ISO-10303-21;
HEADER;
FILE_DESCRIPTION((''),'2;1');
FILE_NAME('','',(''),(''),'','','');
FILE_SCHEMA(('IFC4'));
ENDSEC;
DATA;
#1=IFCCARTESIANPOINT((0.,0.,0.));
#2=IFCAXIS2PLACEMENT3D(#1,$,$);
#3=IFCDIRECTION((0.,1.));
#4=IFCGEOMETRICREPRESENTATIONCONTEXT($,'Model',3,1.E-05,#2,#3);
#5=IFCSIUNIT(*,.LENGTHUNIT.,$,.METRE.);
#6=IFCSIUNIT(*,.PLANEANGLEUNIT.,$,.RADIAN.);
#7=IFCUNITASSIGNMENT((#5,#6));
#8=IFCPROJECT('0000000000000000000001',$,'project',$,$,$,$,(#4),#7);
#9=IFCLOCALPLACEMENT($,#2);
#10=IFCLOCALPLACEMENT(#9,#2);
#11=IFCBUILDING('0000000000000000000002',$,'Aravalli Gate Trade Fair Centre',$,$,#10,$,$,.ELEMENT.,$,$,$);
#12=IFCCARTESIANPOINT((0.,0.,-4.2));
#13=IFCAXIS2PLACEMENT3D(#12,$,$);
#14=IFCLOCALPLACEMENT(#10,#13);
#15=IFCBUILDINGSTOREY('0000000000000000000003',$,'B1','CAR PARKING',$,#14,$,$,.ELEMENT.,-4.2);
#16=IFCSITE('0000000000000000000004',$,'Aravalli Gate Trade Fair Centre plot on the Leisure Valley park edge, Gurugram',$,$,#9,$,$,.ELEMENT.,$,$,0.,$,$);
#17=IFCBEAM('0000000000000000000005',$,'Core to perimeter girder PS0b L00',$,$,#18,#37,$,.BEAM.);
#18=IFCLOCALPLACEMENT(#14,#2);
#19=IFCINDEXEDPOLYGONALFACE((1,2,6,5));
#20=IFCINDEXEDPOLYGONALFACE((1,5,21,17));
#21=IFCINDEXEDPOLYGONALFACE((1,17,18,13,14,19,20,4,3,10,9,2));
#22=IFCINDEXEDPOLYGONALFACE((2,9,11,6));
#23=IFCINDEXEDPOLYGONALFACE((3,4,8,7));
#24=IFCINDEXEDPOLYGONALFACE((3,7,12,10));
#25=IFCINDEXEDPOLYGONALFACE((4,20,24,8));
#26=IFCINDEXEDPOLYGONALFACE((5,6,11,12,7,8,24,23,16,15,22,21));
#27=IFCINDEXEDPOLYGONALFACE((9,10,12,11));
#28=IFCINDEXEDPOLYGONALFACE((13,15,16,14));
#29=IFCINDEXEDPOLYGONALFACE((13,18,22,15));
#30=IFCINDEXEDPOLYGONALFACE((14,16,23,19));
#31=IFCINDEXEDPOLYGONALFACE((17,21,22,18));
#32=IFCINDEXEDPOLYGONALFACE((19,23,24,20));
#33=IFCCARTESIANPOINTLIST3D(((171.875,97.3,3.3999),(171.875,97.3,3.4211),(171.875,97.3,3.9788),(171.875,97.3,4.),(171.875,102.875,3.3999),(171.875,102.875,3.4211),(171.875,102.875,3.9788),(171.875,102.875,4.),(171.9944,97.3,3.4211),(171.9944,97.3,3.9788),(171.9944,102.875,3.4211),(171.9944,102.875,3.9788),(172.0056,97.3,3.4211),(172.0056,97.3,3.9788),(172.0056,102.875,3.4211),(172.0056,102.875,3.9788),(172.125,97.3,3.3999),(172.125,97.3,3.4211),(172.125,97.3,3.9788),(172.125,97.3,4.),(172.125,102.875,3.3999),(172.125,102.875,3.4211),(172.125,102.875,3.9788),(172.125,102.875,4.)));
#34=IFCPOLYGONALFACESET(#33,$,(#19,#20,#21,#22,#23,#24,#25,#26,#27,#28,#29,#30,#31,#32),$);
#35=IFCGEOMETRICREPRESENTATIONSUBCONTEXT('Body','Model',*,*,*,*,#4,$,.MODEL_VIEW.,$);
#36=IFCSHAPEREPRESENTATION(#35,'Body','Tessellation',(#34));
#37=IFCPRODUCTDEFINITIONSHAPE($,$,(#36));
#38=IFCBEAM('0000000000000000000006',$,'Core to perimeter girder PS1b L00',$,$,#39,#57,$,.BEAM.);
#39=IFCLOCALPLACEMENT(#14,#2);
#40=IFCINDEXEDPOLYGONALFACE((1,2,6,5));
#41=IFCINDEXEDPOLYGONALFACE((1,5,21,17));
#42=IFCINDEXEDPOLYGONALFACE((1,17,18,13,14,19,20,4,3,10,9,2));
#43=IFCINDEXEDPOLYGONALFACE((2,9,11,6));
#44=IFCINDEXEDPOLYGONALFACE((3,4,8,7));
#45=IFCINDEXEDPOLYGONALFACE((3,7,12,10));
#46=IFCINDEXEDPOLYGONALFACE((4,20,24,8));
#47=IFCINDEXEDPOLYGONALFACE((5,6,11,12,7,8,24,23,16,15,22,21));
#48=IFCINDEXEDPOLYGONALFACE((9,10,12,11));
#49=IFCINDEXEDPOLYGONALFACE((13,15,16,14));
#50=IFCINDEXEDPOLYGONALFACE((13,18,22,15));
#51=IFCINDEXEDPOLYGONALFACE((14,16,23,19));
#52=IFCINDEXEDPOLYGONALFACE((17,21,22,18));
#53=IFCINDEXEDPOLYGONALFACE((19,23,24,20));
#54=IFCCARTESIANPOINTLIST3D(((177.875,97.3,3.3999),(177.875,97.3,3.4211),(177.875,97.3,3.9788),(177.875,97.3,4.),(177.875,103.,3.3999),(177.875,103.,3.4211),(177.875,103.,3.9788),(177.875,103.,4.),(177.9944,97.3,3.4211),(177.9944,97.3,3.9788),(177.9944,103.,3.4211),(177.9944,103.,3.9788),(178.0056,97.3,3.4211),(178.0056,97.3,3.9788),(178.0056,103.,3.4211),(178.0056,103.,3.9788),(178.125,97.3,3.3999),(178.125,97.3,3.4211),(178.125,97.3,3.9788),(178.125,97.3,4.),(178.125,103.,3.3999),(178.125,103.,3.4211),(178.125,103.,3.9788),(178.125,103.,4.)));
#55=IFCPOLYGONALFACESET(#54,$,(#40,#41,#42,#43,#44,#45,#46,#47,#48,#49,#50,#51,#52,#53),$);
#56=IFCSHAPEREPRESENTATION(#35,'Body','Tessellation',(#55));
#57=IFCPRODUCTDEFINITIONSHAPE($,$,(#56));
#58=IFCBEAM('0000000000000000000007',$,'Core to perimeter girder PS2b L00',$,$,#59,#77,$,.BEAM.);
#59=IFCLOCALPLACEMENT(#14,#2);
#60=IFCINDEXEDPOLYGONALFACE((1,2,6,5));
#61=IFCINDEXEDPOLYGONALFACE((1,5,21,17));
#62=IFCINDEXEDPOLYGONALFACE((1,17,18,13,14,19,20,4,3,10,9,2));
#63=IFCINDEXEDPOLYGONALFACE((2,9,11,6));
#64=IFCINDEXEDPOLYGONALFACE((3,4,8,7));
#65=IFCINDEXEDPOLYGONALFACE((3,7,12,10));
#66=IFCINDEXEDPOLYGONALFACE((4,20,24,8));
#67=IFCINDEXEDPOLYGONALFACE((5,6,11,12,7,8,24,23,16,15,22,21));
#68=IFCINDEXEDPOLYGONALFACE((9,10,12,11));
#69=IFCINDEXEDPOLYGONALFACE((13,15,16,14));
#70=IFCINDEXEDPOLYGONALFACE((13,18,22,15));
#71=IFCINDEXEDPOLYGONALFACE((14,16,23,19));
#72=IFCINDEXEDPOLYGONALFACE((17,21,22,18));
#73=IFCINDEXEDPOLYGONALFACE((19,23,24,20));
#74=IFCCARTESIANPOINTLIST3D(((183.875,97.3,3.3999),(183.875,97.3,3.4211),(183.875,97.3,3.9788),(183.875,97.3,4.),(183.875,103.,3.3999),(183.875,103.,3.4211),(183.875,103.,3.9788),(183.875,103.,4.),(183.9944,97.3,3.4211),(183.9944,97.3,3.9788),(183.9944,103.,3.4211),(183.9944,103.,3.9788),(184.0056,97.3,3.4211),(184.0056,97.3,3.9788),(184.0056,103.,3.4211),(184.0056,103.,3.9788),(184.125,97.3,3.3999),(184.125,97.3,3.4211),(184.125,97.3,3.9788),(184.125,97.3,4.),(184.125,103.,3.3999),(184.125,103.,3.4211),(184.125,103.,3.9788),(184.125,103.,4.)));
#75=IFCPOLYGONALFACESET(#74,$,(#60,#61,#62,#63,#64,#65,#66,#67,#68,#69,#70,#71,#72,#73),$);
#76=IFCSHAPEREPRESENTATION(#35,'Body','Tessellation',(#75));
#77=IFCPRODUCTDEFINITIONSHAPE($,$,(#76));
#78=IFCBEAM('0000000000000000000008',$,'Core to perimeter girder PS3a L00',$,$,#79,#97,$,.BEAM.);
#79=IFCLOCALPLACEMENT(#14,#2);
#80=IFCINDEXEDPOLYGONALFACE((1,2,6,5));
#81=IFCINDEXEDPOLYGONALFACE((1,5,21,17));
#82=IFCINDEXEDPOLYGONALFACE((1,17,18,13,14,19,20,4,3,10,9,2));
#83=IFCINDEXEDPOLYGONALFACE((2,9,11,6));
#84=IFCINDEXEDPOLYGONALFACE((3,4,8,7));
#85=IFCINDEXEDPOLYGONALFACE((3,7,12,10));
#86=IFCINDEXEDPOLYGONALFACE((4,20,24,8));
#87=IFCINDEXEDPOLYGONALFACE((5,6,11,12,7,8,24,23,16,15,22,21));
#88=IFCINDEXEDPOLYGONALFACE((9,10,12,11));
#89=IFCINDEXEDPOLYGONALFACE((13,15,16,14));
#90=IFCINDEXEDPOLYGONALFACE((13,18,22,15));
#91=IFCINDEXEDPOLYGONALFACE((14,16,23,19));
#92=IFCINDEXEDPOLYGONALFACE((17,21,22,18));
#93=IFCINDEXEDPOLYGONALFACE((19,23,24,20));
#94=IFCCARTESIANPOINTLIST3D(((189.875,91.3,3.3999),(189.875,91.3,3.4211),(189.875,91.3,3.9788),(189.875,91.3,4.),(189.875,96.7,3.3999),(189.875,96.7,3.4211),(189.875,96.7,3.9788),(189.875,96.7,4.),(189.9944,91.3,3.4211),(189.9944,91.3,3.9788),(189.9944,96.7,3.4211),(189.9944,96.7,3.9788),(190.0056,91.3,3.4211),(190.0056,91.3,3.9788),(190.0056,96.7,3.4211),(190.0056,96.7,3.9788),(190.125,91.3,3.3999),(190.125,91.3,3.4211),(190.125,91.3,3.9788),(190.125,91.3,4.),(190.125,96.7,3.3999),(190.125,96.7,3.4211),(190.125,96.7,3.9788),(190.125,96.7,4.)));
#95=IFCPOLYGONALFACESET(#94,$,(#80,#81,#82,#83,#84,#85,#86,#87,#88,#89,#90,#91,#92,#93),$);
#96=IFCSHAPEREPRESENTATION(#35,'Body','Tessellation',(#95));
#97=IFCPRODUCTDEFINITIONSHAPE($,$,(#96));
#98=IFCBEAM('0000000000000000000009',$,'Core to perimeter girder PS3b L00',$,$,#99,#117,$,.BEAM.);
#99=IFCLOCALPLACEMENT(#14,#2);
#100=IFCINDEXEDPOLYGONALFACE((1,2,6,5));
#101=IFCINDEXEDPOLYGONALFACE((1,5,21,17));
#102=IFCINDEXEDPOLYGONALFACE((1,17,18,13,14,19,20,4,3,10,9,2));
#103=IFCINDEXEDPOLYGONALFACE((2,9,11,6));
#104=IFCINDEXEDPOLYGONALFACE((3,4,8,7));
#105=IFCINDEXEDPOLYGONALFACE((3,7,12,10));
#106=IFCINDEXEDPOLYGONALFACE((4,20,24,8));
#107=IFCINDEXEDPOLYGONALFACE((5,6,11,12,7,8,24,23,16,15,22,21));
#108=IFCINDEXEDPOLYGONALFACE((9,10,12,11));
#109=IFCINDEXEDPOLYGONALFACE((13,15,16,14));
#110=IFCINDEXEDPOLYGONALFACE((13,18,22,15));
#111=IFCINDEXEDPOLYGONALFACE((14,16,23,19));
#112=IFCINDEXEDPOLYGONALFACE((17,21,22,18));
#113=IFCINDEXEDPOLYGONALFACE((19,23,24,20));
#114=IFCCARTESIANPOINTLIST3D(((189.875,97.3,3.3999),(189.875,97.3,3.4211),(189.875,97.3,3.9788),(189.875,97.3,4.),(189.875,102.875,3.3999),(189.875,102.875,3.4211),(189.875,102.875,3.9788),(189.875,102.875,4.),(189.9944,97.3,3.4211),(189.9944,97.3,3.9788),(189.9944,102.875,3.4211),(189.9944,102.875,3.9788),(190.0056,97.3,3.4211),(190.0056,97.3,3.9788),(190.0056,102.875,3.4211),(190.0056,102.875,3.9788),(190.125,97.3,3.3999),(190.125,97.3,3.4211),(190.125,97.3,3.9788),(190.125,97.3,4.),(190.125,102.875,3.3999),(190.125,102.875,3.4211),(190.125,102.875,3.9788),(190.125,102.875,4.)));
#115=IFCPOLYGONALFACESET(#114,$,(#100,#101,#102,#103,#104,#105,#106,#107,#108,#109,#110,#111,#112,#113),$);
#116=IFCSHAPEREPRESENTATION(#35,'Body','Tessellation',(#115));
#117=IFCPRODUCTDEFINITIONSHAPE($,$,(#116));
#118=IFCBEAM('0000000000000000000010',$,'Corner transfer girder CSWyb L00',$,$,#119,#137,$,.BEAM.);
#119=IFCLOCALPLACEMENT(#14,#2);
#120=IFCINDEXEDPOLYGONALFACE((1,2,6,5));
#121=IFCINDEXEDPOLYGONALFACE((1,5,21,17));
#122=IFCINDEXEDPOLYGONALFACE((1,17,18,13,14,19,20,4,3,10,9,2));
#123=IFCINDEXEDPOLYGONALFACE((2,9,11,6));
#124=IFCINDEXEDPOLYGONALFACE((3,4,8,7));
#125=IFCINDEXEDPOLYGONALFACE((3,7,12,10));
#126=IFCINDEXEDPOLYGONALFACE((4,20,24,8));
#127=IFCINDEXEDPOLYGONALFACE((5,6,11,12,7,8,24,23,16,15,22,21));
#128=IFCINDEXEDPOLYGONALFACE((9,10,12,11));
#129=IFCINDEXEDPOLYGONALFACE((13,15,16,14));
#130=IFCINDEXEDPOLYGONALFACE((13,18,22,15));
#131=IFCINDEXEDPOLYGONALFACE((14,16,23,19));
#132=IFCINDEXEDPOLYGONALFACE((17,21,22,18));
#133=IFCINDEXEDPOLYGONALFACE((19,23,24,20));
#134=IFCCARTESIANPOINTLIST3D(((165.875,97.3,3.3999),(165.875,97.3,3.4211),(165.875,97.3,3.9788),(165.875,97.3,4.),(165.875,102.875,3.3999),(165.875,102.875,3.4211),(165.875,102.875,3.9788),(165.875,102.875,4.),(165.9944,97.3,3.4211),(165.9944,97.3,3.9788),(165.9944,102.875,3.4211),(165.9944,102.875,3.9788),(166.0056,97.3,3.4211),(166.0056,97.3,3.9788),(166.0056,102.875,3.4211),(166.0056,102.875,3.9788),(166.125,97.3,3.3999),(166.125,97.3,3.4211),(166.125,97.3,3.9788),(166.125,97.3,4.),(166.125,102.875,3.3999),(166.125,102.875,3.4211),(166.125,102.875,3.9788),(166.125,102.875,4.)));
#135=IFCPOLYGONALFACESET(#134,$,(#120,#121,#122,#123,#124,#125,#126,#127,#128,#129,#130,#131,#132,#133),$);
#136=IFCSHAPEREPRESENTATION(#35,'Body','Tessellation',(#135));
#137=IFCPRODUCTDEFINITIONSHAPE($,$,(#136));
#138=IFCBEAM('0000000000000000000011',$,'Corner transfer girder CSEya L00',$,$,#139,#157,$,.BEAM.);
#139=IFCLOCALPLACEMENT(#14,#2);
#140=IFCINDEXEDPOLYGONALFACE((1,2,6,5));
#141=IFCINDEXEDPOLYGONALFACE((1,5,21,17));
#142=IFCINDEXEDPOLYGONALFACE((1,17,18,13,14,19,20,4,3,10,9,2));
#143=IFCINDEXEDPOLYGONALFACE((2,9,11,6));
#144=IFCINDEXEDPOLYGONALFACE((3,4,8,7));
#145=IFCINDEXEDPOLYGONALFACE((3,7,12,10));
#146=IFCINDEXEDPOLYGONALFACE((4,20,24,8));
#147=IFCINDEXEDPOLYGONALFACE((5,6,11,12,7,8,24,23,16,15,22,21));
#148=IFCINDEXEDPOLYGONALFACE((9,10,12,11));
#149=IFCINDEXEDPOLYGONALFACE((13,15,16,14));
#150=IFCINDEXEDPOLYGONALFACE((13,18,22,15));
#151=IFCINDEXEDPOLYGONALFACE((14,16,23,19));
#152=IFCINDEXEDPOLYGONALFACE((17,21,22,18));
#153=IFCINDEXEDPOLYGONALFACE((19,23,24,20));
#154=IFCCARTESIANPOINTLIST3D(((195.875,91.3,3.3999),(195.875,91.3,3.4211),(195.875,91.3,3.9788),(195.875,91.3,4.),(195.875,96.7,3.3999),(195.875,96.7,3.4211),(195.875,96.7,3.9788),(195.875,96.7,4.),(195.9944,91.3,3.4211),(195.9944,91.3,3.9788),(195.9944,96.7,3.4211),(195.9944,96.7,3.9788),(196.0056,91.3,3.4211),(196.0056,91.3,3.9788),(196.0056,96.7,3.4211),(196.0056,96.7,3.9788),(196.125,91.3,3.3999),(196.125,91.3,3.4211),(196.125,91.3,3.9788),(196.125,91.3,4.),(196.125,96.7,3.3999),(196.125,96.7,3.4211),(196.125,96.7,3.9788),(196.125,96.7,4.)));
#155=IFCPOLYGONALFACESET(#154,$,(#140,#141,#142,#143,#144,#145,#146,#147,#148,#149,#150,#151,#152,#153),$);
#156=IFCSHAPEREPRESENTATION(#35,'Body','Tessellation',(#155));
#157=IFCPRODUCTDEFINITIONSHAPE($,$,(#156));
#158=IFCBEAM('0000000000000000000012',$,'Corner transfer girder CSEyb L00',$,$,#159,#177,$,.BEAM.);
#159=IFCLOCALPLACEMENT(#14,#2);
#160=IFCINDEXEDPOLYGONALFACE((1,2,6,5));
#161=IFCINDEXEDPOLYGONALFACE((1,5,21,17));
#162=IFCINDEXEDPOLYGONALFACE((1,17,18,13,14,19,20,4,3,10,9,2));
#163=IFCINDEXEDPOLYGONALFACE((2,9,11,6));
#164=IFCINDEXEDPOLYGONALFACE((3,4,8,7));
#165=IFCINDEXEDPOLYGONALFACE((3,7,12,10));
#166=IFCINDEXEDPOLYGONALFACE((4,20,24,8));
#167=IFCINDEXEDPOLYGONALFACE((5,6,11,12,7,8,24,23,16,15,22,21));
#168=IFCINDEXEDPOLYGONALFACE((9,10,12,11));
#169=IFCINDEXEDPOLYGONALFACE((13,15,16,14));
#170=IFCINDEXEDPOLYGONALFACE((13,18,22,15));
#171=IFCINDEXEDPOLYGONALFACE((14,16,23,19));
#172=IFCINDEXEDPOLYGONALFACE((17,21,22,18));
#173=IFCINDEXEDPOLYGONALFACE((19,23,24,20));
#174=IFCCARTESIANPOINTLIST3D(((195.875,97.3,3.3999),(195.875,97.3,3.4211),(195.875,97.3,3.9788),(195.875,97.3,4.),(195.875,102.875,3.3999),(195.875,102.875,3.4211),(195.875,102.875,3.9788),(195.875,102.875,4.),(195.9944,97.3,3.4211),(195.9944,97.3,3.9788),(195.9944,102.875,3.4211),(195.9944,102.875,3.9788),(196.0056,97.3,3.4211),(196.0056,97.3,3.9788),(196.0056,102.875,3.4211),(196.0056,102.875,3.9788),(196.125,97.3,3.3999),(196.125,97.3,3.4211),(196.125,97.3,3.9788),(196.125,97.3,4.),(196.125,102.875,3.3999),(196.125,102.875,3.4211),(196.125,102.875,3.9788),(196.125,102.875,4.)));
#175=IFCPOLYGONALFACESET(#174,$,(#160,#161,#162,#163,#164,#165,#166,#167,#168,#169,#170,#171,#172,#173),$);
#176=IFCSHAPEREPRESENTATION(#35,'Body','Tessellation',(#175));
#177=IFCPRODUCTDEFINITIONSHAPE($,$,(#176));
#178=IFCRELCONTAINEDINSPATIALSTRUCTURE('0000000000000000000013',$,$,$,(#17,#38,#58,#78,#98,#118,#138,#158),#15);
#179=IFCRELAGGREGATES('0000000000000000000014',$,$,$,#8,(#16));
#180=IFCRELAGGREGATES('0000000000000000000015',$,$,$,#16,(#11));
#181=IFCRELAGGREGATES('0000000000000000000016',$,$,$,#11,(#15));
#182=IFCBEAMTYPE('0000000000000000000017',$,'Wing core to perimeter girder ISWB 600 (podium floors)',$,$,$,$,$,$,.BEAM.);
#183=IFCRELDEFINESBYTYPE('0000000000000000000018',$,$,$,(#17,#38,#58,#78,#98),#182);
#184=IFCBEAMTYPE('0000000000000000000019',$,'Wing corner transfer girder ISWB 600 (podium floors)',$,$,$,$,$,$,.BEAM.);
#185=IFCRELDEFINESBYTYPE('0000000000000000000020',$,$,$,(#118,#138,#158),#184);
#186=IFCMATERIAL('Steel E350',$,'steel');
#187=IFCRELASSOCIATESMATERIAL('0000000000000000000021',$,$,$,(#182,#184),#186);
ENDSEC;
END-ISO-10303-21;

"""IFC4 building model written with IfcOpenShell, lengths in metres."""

from ifc_helpers import new_model, si_unit, direction, frame, origin, origin_2d, place, context, subcontext, project, spatial, i_section, extrude, material, material_profile, profile_set, type_object, element, save


model = new_model("IFC4")

# Units and contexts
model_context = context("Model", 3, precision=1e-05, world=origin(), true_north=direction((0.0, 1.0)))
body_context = subcontext(model_context, "Body", "Model", "MODEL_VIEW")
ifc_project = project(units=[si_unit("LENGTHUNIT", "METRE"), si_unit("PLANEANGLEUNIT", "RADIAN")], contexts=[model_context])

# Site, building, storey
site_placement = place(None, origin())
site = spatial("IfcSite", under=ifc_project, at=site_placement, Name="Aravalli Gate Trade Fair Centre plot on the Leisure Valley park edge, Gurugram", CompositionType="ELEMENT", RefElevation=0.0)
building_placement = place(site_placement, origin())
building = spatial("IfcBuilding", under=site, at=building_placement, Name="Aravalli Gate Trade Fair Centre", CompositionType="ELEMENT")
storey_placement = place(building_placement, frame((0.0, 0.0, -4.2)))
storey = spatial("IfcBuildingStorey", under=building, at=storey_placement, Name="B1", Description="CAR PARKING", CompositionType="ELEMENT", Elevation=-4.2)

# Shared definitions
ifc_material_1 = material(Name="Steel E350", Category="steel")

# Beams
ifc_material_profile_1 = material_profile(ifc_material_1, i_section(OverallWidth=0.25, OverallDepth=0.6001, WebThickness=0.0112, FlangeThickness=0.0212, at=origin_2d()), Name="ISWB 600")
ifc_profile_set_1 = profile_set([ifc_material_profile_1], Name="Steel E350")
beam_type_1 = type_object("IfcBeamType", Name="Wing core to perimeter girder ISWB 600 (podium floors)", PredefinedType="BEAM", material=ifc_profile_set_1)
beam_1_placement = place(storey_placement, frame((172.0, 97.3, 3.7), z_axis=(0.0, 1.0, 0.0), x_axis=(-1.0, 0.0, 0.0)))
element("IfcBeam", 1, at=beam_1_placement, inside=storey, type_object=beam_type_1, Name="Core to perimeter girder PS0b L00", PredefinedType="BEAM", context=body_context, shape_type="SweptSolid", body=[
    extrude(i_section(OverallWidth=0.25, OverallDepth=0.6001, WebThickness=0.0112, FlangeThickness=0.0212, at=origin_2d()), origin(), (0.0, 0.0, 1.0), 5.575),
])
for number, where, z_axis, x_axis, name in (
    (2, (178.0, 97.3, 3.7), (0.0, 1.0, 0.0), (-1.0, 0.0, 0.0), "Core to perimeter girder PS1b L00"),
    (3, (184.0, 97.3, 3.7), (0.0, 1.0, 0.0), (-1.0, 0.0, 0.0), "Core to perimeter girder PS2b L00"),
):
    element("IfcBeam", number, at=place(storey_placement, frame(where, z_axis=z_axis, x_axis=x_axis)), inside=storey, type_object=beam_type_1, Name=name, PredefinedType="BEAM", context=body_context, shape_type="SweptSolid", body=[
        extrude(i_section(OverallWidth=0.25, OverallDepth=0.6001, WebThickness=0.0112, FlangeThickness=0.0212, at=origin_2d()), origin(), (0.0, 0.0, 1.0), 5.7),
    ])
beam_2_placement = place(storey_placement, frame((190.0, 91.3, 3.7), z_axis=(0.0, 1.0, 0.0), x_axis=(-1.0, 0.0, 0.0)))
element("IfcBeam", 4, at=beam_2_placement, inside=storey, type_object=beam_type_1, Name="Core to perimeter girder PS3a L00", PredefinedType="BEAM", context=body_context, shape_type="SweptSolid", body=[
    extrude(i_section(OverallWidth=0.25, OverallDepth=0.6001, WebThickness=0.0112, FlangeThickness=0.0212, at=origin_2d()), origin(), (0.0, 0.0, 1.0), 5.3999),
])
beam_3_placement = place(storey_placement, frame((190.0, 97.3, 3.7), z_axis=(0.0, 1.0, 0.0), x_axis=(-1.0, 0.0, 0.0)))
element("IfcBeam", 5, at=beam_3_placement, inside=storey, type_object=beam_type_1, Name="Core to perimeter girder PS3b L00", PredefinedType="BEAM", context=body_context, shape_type="SweptSolid", body=[
    extrude(i_section(OverallWidth=0.25, OverallDepth=0.6001, WebThickness=0.0112, FlangeThickness=0.0212, at=origin_2d()), origin(), (0.0, 0.0, 1.0), 5.575),
])
ifc_material_profile_2 = material_profile(ifc_material_1, i_section(OverallWidth=0.25, OverallDepth=0.6001, WebThickness=0.0112, FlangeThickness=0.0212, at=origin_2d()), Name="ISWB 600")
ifc_profile_set_2 = profile_set([ifc_material_profile_2], Name="Steel E350")
beam_type_2 = type_object("IfcBeamType", Name="Wing corner transfer girder ISWB 600 (podium floors)", PredefinedType="BEAM", material=ifc_profile_set_2)
beam_4_placement = place(storey_placement, frame((166.0, 97.3, 3.7), z_axis=(0.0, 1.0, 0.0), x_axis=(-1.0, 0.0, 0.0)))
element("IfcBeam", 6, at=beam_4_placement, inside=storey, type_object=beam_type_2, Name="Corner transfer girder CSWyb L00", PredefinedType="BEAM", context=body_context, shape_type="SweptSolid", body=[
    extrude(i_section(OverallWidth=0.25, OverallDepth=0.6001, WebThickness=0.0112, FlangeThickness=0.0212, at=origin_2d()), origin(), (0.0, 0.0, 1.0), 5.575),
])
beam_5_placement = place(storey_placement, frame((196.0, 91.3, 3.7), z_axis=(0.0, 1.0, 0.0), x_axis=(-1.0, 0.0, 0.0)))
element("IfcBeam", 7, at=beam_5_placement, inside=storey, type_object=beam_type_2, Name="Corner transfer girder CSEya L00", PredefinedType="BEAM", context=body_context, shape_type="SweptSolid", body=[
    extrude(i_section(OverallWidth=0.25, OverallDepth=0.6001, WebThickness=0.0112, FlangeThickness=0.0212, at=origin_2d()), origin(), (0.0, 0.0, 1.0), 5.3999),
])
beam_6_placement = place(storey_placement, frame((196.0, 97.3, 3.7), z_axis=(0.0, 1.0, 0.0), x_axis=(-1.0, 0.0, 0.0)))
element("IfcBeam", 8, at=beam_6_placement, inside=storey, type_object=beam_type_2, Name="Corner transfer girder CSEyb L00", PredefinedType="BEAM", context=body_context, shape_type="SweptSolid", body=[
    extrude(i_section(OverallWidth=0.25, OverallDepth=0.6001, WebThickness=0.0112, FlangeThickness=0.0212, at=origin_2d()), origin(), (0.0, 0.0, 1.0), 5.575),
])

save(model, "model.ifc")
